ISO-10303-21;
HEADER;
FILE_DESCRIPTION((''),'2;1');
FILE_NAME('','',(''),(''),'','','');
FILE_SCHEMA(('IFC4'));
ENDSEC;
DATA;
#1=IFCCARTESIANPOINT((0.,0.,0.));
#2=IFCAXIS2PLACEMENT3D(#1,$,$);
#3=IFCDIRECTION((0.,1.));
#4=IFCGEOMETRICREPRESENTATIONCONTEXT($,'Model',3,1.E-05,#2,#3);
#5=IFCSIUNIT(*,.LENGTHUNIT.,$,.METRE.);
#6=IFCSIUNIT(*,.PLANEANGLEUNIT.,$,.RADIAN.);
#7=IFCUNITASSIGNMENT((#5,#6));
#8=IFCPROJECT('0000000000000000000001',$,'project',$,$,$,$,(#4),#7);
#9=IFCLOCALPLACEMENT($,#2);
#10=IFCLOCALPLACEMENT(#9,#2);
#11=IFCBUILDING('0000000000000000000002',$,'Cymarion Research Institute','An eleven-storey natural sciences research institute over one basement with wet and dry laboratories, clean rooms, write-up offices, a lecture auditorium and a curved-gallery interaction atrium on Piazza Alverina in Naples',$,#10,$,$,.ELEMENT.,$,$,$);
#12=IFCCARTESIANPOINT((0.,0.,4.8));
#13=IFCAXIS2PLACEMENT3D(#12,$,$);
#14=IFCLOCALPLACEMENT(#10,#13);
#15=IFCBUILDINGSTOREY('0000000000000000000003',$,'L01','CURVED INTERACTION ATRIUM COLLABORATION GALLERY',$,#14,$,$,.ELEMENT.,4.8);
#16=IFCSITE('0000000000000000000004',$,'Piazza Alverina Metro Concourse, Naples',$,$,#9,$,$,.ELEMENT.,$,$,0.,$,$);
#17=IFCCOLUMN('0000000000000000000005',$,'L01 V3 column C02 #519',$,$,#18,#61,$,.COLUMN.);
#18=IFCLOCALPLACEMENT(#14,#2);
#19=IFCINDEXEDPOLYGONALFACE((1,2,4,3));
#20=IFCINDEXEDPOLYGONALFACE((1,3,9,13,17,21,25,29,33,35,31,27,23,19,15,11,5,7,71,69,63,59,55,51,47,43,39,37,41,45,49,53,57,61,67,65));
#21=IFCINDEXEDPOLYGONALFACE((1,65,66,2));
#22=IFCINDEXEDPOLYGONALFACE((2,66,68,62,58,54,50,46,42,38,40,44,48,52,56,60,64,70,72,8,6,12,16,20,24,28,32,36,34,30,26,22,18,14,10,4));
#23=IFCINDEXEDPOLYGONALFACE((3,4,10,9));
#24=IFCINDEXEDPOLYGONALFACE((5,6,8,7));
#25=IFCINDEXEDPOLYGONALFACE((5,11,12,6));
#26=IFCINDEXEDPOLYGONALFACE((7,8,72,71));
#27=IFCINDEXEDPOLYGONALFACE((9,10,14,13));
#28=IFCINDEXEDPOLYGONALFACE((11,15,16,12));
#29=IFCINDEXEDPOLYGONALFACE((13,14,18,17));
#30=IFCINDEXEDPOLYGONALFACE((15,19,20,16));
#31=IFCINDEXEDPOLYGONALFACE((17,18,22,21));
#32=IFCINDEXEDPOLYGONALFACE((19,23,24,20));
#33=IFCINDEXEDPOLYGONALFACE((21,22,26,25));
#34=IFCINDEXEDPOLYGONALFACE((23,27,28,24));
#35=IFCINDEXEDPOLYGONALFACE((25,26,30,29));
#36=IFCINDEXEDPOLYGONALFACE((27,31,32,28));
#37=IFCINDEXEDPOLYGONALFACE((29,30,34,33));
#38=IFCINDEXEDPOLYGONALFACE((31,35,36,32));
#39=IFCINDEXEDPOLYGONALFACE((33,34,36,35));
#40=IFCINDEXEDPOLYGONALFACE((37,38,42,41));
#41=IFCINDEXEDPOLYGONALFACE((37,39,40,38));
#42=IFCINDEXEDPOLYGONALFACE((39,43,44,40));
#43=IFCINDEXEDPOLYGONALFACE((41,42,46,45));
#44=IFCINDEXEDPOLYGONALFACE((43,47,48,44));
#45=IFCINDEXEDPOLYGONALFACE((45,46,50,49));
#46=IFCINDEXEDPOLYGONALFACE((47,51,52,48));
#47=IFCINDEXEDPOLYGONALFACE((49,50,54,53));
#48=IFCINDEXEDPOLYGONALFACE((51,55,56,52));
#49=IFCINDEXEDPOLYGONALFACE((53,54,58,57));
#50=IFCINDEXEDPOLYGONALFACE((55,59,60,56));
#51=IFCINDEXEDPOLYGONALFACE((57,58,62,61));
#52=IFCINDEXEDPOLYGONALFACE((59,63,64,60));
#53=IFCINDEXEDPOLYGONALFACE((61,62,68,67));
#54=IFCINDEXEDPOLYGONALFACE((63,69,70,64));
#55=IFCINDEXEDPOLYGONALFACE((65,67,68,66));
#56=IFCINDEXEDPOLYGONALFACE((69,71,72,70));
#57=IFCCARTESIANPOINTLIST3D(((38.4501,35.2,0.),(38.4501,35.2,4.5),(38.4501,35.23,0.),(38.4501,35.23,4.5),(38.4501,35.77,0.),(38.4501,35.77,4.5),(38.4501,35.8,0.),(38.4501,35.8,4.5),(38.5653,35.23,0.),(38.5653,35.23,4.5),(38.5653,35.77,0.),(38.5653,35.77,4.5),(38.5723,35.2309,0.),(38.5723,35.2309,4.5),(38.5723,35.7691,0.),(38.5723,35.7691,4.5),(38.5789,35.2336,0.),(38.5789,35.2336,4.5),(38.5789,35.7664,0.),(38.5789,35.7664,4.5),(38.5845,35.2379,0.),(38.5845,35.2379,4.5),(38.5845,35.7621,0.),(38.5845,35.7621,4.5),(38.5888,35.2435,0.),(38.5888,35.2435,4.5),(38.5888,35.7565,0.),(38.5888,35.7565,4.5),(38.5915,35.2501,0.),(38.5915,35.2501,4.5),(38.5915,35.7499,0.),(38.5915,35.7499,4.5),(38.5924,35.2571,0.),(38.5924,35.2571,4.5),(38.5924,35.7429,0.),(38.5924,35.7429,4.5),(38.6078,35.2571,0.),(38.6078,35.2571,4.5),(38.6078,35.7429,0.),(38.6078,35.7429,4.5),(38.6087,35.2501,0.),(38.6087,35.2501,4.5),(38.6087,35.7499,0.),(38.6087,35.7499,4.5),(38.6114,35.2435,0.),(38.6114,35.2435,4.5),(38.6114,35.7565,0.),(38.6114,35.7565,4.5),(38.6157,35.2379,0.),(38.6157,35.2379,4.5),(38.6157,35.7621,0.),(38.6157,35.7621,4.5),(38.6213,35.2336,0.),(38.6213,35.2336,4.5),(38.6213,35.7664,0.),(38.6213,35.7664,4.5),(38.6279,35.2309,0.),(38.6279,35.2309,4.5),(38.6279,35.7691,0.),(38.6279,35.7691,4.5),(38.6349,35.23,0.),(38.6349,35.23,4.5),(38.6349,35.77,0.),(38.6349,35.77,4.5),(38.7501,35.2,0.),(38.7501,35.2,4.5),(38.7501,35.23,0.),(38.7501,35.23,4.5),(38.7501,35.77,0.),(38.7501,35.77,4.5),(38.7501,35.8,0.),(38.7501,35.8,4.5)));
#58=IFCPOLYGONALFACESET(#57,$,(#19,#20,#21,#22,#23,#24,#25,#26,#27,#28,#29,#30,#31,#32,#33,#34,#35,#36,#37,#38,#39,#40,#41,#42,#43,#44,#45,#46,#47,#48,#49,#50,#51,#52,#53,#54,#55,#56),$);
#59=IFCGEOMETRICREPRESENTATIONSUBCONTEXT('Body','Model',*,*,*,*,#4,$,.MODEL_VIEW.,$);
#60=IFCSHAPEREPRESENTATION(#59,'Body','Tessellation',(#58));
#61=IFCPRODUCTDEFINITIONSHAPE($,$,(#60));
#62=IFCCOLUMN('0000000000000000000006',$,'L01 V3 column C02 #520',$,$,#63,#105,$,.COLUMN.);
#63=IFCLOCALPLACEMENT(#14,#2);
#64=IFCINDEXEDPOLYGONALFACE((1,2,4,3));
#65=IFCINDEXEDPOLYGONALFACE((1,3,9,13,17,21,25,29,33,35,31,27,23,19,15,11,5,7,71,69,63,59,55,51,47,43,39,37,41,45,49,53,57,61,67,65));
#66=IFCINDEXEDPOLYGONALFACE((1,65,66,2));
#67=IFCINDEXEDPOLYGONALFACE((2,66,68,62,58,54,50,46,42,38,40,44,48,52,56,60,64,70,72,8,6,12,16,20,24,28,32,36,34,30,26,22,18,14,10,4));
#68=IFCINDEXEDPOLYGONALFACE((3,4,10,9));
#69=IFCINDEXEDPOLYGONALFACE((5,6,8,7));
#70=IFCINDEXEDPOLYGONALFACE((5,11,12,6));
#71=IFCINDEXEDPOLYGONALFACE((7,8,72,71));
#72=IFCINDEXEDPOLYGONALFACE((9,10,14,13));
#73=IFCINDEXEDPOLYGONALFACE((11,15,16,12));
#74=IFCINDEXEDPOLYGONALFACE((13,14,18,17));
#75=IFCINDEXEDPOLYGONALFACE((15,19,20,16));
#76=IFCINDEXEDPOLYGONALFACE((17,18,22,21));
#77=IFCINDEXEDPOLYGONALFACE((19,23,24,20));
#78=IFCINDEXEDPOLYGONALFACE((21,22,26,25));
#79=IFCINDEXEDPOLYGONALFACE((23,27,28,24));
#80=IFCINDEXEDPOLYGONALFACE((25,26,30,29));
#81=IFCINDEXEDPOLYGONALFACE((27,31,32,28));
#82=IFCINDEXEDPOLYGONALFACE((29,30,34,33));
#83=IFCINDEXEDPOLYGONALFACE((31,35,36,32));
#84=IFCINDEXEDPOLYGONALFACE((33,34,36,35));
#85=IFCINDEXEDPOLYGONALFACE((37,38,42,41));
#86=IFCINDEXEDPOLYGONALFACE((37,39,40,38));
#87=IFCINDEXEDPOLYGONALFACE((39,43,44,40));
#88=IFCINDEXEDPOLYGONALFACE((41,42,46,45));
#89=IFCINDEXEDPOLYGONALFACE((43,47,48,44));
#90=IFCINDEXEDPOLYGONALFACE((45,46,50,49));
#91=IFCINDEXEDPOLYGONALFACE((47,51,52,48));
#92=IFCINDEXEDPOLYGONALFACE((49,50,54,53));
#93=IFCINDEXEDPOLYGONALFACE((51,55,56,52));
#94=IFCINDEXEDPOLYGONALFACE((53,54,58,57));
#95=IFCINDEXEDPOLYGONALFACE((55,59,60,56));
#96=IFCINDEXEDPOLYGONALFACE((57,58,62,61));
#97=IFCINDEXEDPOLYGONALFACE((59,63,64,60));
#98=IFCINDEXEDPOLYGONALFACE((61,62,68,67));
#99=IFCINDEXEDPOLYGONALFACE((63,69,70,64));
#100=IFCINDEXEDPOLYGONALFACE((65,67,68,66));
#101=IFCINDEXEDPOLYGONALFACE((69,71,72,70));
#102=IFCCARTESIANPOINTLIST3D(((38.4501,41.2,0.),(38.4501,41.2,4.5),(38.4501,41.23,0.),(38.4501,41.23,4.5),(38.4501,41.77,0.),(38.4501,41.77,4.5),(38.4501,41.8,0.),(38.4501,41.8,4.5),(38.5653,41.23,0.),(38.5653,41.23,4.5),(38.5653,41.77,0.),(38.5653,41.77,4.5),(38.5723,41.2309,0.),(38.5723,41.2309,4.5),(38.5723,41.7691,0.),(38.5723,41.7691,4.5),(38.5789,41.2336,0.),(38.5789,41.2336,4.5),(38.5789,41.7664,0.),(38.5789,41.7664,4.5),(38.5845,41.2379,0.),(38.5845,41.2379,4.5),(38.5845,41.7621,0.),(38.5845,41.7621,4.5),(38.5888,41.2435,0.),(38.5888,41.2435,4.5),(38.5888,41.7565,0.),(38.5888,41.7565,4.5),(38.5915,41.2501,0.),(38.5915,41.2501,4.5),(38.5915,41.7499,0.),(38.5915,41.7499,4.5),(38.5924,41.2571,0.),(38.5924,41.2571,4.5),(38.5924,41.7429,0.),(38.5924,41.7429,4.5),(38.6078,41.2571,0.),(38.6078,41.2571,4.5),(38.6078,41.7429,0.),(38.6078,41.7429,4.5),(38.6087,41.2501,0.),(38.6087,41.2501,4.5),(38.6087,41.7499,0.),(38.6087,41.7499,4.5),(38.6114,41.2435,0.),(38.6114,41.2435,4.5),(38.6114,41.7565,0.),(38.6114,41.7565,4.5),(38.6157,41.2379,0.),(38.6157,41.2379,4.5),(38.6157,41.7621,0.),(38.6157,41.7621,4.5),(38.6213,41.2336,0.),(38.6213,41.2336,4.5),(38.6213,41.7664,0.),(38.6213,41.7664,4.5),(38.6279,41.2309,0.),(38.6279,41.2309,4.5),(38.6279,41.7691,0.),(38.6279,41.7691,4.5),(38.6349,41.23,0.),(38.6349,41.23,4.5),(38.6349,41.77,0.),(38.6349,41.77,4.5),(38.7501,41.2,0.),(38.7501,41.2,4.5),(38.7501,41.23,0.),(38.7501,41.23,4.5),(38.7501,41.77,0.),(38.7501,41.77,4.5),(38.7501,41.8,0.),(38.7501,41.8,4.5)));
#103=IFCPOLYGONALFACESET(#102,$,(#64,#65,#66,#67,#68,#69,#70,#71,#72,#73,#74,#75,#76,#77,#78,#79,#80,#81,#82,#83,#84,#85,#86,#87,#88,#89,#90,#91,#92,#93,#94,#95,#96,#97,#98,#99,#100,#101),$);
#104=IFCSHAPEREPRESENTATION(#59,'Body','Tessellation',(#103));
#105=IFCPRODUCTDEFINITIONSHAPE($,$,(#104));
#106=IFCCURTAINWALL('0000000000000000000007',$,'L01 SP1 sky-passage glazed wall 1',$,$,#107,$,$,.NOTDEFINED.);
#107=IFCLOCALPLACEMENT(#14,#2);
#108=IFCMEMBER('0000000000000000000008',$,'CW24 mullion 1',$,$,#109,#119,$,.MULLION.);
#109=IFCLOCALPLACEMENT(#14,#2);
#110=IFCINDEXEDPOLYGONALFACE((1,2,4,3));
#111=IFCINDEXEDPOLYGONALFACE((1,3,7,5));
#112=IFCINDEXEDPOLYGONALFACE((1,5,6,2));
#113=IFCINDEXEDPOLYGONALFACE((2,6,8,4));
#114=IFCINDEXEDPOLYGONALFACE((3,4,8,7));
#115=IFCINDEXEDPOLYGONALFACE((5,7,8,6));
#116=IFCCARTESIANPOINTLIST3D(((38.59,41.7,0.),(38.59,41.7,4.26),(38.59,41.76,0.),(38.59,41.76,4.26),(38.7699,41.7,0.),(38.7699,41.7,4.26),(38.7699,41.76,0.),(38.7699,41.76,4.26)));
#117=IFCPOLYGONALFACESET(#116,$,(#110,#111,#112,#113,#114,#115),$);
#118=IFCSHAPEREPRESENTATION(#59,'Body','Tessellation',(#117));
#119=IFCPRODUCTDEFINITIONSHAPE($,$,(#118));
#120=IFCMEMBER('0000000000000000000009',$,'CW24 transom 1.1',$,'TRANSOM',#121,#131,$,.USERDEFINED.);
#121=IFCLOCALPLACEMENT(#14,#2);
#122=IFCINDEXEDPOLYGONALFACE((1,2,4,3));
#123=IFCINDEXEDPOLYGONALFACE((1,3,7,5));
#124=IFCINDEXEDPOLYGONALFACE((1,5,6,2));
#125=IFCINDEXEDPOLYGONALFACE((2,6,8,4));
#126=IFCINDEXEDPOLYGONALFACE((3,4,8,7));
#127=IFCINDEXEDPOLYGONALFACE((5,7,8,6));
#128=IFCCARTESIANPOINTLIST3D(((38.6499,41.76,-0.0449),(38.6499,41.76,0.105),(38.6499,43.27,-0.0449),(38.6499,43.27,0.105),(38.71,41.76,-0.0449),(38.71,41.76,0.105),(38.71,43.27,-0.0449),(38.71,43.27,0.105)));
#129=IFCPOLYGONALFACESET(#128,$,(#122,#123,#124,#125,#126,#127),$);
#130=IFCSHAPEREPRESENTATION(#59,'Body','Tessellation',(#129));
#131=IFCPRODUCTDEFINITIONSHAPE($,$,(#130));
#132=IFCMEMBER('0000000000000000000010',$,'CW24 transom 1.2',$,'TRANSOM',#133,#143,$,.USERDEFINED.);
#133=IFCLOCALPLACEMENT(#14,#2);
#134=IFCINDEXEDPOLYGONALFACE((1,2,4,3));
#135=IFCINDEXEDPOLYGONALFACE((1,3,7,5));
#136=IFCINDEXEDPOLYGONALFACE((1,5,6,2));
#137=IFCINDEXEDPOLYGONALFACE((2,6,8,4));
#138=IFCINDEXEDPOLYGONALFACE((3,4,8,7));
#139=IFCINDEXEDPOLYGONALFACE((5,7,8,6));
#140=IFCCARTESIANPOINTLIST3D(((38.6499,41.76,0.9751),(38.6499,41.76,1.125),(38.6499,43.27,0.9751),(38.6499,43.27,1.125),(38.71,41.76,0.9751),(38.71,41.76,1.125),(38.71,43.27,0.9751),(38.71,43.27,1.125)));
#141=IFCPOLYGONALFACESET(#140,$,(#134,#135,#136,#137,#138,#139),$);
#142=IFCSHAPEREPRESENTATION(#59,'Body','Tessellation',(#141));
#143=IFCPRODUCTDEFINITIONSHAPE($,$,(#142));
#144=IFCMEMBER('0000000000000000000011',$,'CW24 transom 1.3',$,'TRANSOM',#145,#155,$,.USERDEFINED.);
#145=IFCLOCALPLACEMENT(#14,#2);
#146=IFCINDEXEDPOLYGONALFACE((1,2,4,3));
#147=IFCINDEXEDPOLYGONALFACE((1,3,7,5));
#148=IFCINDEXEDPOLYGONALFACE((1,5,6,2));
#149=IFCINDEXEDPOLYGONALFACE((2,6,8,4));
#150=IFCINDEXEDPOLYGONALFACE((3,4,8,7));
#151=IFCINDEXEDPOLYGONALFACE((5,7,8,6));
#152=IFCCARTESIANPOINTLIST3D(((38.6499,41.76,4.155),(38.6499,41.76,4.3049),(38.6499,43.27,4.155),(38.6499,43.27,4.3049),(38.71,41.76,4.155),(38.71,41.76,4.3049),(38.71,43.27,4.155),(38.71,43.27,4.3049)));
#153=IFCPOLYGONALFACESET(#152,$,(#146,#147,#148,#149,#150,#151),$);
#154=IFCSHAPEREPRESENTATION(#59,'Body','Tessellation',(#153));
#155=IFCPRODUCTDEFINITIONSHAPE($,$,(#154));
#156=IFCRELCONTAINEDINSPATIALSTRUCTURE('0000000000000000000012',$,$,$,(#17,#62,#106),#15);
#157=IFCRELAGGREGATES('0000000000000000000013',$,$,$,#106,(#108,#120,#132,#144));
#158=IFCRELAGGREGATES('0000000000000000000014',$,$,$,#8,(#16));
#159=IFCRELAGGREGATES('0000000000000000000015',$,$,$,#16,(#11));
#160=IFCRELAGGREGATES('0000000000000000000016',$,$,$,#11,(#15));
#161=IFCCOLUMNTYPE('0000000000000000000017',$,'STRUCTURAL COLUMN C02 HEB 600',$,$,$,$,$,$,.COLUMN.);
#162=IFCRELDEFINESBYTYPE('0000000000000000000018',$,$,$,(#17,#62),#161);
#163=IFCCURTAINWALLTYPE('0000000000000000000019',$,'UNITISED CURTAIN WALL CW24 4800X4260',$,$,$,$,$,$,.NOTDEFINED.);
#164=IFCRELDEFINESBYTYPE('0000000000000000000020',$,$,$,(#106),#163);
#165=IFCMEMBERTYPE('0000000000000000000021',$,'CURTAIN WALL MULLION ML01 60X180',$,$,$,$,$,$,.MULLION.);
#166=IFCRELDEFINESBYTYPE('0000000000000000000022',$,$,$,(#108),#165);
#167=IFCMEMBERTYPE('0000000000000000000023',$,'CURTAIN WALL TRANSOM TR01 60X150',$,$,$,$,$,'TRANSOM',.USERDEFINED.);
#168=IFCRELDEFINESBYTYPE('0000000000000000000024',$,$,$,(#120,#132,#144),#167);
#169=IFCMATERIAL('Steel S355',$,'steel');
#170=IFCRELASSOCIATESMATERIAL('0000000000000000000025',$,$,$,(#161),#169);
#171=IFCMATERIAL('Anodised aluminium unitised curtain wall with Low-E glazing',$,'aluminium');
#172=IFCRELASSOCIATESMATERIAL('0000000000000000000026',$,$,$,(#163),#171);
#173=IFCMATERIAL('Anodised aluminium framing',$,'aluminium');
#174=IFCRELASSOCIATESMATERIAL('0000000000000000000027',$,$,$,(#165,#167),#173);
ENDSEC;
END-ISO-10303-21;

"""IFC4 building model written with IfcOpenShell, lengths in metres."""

from ifc_helpers import new_model, si_unit, direction, frame, origin, origin_2d, place, context, subcontext, project, spatial, rectangle, i_section, extrude, material, material_profile, profile_set, type_object, element, aggregate, save


model = new_model("IFC4")

# Units and contexts
model_context = context("Model", 3, precision=1e-05, world=origin(), true_north=direction((0.0, 1.0)))
body_context = subcontext(model_context, "Body", "Model", "MODEL_VIEW")
ifc_project = project(units=[si_unit("LENGTHUNIT", "METRE"), si_unit("PLANEANGLEUNIT", "RADIAN")], contexts=[model_context])

# Site, building, storey
site_placement = place(None, origin())
site = spatial("IfcSite", under=ifc_project, at=site_placement, Name="Piazza Alverina Metro Concourse, Naples", CompositionType="ELEMENT", RefElevation=0.0)
building_placement = place(site_placement, origin())
building = spatial("IfcBuilding", under=site, at=building_placement, Name="Cymarion Research Institute", Description="An eleven-storey natural sciences research institute over one basement with wet and dry laboratories, clean rooms, write-up offices, a lecture auditorium and a curved-gallery interaction atrium on Piazza Alverina in Naples", CompositionType="ELEMENT")
storey_placement = place(building_placement, frame((0.0, 0.0, 4.8)))
storey = spatial("IfcBuildingStorey", under=building, at=storey_placement, Name="L01", Description="CURVED INTERACTION ATRIUM COLLABORATION GALLERY", CompositionType="ELEMENT", Elevation=4.8)

# Columns
ifc_material_1 = material(Name="Steel S355", Category="steel")
ifc_material_profile_1 = material_profile(ifc_material_1, i_section(OverallWidth=0.3, OverallDepth=0.6001, WebThickness=0.0154, FlangeThickness=0.03, FilletRadius=0.0271, at=origin_2d()), Name="HEB 600")
ifc_profile_set_1 = profile_set([ifc_material_profile_1], Name="Steel S355")
column_type = type_object("IfcColumnType", Name="STRUCTURAL COLUMN C02 HEB 600", PredefinedType="COLUMN", material=ifc_profile_set_1)
for number, where, z_axis, x_axis, name in (
    (1, (38.6001, 35.5, 0.0), (0.0, 0.0, 1.0), (1.0, 0.0, 0.0), "L01 V3 column C02 #519"),
    (2, (38.6001, 41.5, 0.0), (0.0, 0.0, 1.0), (1.0, 0.0, 0.0), "L01 V3 column C02 #520"),
):
    element("IfcColumn", number, at=place(storey_placement, frame(where, z_axis=z_axis, x_axis=x_axis)), inside=storey, type_object=column_type, Name=name, PredefinedType="COLUMN", context=body_context, shape_type="SweptSolid", body=[
        extrude(i_section(OverallWidth=0.3, OverallDepth=0.6001, WebThickness=0.0154, FlangeThickness=0.03, FilletRadius=0.0271, at=origin_2d()), origin(), (0.0, 0.0, 1.0), 4.5),
    ])

# Curtain wall, members
ifc_material_2 = material(Name="Anodised aluminium unitised curtain wall with Low-E glazing", Category="aluminium")
curtain_wall_type = type_object("IfcCurtainWallType", Name="UNITISED CURTAIN WALL CW24 4800X4260", PredefinedType="NOTDEFINED", material=ifc_material_2)
curtain_wall_placement = place(storey_placement, origin())
curtain_wall = element("IfcCurtainWall", 3, at=curtain_wall_placement, inside=storey, type_object=curtain_wall_type, Name="L01 SP1 sky-passage glazed wall 1", PredefinedType="NOTDEFINED")
ifc_material_3 = material(Name="Anodised aluminium framing", Category="aluminium")
ifc_material_profile_2 = material_profile(ifc_material_3, rectangle(XDim=0.0601, YDim=0.1799, at=origin_2d()), Name="ALU MULLION 60x180")
ifc_profile_set_2 = profile_set([ifc_material_profile_2], Name="Anodised aluminium framing")
member_type_1 = type_object("IfcMemberType", Name="CURTAIN WALL MULLION ML01 60X180", PredefinedType="MULLION", material=ifc_profile_set_2)
member_1_placement = place(storey_placement, frame((38.6799, 41.73, 0.0), z_axis=(0.0, 0.0, 1.0), x_axis=(0.0, 1.0, 0.0)))
member_1 = element("IfcMember", 4, at=member_1_placement, type_object=member_type_1, Name="CW24 mullion 1", PredefinedType="MULLION", context=body_context, shape_type="SweptSolid", body=[
    extrude(rectangle(XDim=0.0601, YDim=0.1799, at=origin_2d()), origin(), (0.0, 0.0, 1.0), 4.26),
])
ifc_material_profile_3 = material_profile(ifc_material_3, rectangle(XDim=0.0601, YDim=0.1499, at=origin_2d()), Name="ALU TRANSOM 60x150")
ifc_profile_set_3 = profile_set([ifc_material_profile_3], Name="Anodised aluminium framing")
member_type_2 = type_object("IfcMemberType", Name="CURTAIN WALL TRANSOM TR01 60X150", ElementType="TRANSOM", PredefinedType="USERDEFINED", material=ifc_profile_set_3)
member_2_placement = place(storey_placement, frame((38.6799, 41.76, 0.03), z_axis=(0.0, 1.0, 0.0), x_axis=(-1.0, 0.0, 0.0)))
member_2 = element("IfcMember", 5, at=member_2_placement, type_object=member_type_2, Name="CW24 transom 1.1", ObjectType="TRANSOM", PredefinedType="USERDEFINED", context=body_context, shape_type="SweptSolid", body=[
    extrude(rectangle(XDim=0.0601, YDim=0.1499, at=origin_2d()), origin(), (0.0, 0.0, 1.0), 1.51),
])
member_3_placement = place(storey_placement, frame((38.6799, 41.76, 1.05), z_axis=(0.0, 1.0, 0.0), x_axis=(-1.0, 0.0, 0.0)))
member_3 = element("IfcMember", 6, at=member_3_placement, type_object=member_type_2, Name="CW24 transom 1.2", ObjectType="TRANSOM", PredefinedType="USERDEFINED", context=body_context, shape_type="SweptSolid", body=[
    extrude(rectangle(XDim=0.0601, YDim=0.1499, at=origin_2d()), origin(), (0.0, 0.0, 1.0), 1.51),
])
member_4_placement = place(storey_placement, frame((38.6799, 41.76, 4.23), z_axis=(0.0, 1.0, 0.0), x_axis=(-1.0, 0.0, 0.0)))
member_4 = element("IfcMember", 7, at=member_4_placement, type_object=member_type_2, Name="CW24 transom 1.3", ObjectType="TRANSOM", PredefinedType="USERDEFINED", context=body_context, shape_type="SweptSolid", body=[
    extrude(rectangle(XDim=0.0601, YDim=0.1499, at=origin_2d()), origin(), (0.0, 0.0, 1.0), 1.51),
])

aggregate(curtain_wall, [member_1, member_2, member_3, member_4])

save(model, "model.ifc")
